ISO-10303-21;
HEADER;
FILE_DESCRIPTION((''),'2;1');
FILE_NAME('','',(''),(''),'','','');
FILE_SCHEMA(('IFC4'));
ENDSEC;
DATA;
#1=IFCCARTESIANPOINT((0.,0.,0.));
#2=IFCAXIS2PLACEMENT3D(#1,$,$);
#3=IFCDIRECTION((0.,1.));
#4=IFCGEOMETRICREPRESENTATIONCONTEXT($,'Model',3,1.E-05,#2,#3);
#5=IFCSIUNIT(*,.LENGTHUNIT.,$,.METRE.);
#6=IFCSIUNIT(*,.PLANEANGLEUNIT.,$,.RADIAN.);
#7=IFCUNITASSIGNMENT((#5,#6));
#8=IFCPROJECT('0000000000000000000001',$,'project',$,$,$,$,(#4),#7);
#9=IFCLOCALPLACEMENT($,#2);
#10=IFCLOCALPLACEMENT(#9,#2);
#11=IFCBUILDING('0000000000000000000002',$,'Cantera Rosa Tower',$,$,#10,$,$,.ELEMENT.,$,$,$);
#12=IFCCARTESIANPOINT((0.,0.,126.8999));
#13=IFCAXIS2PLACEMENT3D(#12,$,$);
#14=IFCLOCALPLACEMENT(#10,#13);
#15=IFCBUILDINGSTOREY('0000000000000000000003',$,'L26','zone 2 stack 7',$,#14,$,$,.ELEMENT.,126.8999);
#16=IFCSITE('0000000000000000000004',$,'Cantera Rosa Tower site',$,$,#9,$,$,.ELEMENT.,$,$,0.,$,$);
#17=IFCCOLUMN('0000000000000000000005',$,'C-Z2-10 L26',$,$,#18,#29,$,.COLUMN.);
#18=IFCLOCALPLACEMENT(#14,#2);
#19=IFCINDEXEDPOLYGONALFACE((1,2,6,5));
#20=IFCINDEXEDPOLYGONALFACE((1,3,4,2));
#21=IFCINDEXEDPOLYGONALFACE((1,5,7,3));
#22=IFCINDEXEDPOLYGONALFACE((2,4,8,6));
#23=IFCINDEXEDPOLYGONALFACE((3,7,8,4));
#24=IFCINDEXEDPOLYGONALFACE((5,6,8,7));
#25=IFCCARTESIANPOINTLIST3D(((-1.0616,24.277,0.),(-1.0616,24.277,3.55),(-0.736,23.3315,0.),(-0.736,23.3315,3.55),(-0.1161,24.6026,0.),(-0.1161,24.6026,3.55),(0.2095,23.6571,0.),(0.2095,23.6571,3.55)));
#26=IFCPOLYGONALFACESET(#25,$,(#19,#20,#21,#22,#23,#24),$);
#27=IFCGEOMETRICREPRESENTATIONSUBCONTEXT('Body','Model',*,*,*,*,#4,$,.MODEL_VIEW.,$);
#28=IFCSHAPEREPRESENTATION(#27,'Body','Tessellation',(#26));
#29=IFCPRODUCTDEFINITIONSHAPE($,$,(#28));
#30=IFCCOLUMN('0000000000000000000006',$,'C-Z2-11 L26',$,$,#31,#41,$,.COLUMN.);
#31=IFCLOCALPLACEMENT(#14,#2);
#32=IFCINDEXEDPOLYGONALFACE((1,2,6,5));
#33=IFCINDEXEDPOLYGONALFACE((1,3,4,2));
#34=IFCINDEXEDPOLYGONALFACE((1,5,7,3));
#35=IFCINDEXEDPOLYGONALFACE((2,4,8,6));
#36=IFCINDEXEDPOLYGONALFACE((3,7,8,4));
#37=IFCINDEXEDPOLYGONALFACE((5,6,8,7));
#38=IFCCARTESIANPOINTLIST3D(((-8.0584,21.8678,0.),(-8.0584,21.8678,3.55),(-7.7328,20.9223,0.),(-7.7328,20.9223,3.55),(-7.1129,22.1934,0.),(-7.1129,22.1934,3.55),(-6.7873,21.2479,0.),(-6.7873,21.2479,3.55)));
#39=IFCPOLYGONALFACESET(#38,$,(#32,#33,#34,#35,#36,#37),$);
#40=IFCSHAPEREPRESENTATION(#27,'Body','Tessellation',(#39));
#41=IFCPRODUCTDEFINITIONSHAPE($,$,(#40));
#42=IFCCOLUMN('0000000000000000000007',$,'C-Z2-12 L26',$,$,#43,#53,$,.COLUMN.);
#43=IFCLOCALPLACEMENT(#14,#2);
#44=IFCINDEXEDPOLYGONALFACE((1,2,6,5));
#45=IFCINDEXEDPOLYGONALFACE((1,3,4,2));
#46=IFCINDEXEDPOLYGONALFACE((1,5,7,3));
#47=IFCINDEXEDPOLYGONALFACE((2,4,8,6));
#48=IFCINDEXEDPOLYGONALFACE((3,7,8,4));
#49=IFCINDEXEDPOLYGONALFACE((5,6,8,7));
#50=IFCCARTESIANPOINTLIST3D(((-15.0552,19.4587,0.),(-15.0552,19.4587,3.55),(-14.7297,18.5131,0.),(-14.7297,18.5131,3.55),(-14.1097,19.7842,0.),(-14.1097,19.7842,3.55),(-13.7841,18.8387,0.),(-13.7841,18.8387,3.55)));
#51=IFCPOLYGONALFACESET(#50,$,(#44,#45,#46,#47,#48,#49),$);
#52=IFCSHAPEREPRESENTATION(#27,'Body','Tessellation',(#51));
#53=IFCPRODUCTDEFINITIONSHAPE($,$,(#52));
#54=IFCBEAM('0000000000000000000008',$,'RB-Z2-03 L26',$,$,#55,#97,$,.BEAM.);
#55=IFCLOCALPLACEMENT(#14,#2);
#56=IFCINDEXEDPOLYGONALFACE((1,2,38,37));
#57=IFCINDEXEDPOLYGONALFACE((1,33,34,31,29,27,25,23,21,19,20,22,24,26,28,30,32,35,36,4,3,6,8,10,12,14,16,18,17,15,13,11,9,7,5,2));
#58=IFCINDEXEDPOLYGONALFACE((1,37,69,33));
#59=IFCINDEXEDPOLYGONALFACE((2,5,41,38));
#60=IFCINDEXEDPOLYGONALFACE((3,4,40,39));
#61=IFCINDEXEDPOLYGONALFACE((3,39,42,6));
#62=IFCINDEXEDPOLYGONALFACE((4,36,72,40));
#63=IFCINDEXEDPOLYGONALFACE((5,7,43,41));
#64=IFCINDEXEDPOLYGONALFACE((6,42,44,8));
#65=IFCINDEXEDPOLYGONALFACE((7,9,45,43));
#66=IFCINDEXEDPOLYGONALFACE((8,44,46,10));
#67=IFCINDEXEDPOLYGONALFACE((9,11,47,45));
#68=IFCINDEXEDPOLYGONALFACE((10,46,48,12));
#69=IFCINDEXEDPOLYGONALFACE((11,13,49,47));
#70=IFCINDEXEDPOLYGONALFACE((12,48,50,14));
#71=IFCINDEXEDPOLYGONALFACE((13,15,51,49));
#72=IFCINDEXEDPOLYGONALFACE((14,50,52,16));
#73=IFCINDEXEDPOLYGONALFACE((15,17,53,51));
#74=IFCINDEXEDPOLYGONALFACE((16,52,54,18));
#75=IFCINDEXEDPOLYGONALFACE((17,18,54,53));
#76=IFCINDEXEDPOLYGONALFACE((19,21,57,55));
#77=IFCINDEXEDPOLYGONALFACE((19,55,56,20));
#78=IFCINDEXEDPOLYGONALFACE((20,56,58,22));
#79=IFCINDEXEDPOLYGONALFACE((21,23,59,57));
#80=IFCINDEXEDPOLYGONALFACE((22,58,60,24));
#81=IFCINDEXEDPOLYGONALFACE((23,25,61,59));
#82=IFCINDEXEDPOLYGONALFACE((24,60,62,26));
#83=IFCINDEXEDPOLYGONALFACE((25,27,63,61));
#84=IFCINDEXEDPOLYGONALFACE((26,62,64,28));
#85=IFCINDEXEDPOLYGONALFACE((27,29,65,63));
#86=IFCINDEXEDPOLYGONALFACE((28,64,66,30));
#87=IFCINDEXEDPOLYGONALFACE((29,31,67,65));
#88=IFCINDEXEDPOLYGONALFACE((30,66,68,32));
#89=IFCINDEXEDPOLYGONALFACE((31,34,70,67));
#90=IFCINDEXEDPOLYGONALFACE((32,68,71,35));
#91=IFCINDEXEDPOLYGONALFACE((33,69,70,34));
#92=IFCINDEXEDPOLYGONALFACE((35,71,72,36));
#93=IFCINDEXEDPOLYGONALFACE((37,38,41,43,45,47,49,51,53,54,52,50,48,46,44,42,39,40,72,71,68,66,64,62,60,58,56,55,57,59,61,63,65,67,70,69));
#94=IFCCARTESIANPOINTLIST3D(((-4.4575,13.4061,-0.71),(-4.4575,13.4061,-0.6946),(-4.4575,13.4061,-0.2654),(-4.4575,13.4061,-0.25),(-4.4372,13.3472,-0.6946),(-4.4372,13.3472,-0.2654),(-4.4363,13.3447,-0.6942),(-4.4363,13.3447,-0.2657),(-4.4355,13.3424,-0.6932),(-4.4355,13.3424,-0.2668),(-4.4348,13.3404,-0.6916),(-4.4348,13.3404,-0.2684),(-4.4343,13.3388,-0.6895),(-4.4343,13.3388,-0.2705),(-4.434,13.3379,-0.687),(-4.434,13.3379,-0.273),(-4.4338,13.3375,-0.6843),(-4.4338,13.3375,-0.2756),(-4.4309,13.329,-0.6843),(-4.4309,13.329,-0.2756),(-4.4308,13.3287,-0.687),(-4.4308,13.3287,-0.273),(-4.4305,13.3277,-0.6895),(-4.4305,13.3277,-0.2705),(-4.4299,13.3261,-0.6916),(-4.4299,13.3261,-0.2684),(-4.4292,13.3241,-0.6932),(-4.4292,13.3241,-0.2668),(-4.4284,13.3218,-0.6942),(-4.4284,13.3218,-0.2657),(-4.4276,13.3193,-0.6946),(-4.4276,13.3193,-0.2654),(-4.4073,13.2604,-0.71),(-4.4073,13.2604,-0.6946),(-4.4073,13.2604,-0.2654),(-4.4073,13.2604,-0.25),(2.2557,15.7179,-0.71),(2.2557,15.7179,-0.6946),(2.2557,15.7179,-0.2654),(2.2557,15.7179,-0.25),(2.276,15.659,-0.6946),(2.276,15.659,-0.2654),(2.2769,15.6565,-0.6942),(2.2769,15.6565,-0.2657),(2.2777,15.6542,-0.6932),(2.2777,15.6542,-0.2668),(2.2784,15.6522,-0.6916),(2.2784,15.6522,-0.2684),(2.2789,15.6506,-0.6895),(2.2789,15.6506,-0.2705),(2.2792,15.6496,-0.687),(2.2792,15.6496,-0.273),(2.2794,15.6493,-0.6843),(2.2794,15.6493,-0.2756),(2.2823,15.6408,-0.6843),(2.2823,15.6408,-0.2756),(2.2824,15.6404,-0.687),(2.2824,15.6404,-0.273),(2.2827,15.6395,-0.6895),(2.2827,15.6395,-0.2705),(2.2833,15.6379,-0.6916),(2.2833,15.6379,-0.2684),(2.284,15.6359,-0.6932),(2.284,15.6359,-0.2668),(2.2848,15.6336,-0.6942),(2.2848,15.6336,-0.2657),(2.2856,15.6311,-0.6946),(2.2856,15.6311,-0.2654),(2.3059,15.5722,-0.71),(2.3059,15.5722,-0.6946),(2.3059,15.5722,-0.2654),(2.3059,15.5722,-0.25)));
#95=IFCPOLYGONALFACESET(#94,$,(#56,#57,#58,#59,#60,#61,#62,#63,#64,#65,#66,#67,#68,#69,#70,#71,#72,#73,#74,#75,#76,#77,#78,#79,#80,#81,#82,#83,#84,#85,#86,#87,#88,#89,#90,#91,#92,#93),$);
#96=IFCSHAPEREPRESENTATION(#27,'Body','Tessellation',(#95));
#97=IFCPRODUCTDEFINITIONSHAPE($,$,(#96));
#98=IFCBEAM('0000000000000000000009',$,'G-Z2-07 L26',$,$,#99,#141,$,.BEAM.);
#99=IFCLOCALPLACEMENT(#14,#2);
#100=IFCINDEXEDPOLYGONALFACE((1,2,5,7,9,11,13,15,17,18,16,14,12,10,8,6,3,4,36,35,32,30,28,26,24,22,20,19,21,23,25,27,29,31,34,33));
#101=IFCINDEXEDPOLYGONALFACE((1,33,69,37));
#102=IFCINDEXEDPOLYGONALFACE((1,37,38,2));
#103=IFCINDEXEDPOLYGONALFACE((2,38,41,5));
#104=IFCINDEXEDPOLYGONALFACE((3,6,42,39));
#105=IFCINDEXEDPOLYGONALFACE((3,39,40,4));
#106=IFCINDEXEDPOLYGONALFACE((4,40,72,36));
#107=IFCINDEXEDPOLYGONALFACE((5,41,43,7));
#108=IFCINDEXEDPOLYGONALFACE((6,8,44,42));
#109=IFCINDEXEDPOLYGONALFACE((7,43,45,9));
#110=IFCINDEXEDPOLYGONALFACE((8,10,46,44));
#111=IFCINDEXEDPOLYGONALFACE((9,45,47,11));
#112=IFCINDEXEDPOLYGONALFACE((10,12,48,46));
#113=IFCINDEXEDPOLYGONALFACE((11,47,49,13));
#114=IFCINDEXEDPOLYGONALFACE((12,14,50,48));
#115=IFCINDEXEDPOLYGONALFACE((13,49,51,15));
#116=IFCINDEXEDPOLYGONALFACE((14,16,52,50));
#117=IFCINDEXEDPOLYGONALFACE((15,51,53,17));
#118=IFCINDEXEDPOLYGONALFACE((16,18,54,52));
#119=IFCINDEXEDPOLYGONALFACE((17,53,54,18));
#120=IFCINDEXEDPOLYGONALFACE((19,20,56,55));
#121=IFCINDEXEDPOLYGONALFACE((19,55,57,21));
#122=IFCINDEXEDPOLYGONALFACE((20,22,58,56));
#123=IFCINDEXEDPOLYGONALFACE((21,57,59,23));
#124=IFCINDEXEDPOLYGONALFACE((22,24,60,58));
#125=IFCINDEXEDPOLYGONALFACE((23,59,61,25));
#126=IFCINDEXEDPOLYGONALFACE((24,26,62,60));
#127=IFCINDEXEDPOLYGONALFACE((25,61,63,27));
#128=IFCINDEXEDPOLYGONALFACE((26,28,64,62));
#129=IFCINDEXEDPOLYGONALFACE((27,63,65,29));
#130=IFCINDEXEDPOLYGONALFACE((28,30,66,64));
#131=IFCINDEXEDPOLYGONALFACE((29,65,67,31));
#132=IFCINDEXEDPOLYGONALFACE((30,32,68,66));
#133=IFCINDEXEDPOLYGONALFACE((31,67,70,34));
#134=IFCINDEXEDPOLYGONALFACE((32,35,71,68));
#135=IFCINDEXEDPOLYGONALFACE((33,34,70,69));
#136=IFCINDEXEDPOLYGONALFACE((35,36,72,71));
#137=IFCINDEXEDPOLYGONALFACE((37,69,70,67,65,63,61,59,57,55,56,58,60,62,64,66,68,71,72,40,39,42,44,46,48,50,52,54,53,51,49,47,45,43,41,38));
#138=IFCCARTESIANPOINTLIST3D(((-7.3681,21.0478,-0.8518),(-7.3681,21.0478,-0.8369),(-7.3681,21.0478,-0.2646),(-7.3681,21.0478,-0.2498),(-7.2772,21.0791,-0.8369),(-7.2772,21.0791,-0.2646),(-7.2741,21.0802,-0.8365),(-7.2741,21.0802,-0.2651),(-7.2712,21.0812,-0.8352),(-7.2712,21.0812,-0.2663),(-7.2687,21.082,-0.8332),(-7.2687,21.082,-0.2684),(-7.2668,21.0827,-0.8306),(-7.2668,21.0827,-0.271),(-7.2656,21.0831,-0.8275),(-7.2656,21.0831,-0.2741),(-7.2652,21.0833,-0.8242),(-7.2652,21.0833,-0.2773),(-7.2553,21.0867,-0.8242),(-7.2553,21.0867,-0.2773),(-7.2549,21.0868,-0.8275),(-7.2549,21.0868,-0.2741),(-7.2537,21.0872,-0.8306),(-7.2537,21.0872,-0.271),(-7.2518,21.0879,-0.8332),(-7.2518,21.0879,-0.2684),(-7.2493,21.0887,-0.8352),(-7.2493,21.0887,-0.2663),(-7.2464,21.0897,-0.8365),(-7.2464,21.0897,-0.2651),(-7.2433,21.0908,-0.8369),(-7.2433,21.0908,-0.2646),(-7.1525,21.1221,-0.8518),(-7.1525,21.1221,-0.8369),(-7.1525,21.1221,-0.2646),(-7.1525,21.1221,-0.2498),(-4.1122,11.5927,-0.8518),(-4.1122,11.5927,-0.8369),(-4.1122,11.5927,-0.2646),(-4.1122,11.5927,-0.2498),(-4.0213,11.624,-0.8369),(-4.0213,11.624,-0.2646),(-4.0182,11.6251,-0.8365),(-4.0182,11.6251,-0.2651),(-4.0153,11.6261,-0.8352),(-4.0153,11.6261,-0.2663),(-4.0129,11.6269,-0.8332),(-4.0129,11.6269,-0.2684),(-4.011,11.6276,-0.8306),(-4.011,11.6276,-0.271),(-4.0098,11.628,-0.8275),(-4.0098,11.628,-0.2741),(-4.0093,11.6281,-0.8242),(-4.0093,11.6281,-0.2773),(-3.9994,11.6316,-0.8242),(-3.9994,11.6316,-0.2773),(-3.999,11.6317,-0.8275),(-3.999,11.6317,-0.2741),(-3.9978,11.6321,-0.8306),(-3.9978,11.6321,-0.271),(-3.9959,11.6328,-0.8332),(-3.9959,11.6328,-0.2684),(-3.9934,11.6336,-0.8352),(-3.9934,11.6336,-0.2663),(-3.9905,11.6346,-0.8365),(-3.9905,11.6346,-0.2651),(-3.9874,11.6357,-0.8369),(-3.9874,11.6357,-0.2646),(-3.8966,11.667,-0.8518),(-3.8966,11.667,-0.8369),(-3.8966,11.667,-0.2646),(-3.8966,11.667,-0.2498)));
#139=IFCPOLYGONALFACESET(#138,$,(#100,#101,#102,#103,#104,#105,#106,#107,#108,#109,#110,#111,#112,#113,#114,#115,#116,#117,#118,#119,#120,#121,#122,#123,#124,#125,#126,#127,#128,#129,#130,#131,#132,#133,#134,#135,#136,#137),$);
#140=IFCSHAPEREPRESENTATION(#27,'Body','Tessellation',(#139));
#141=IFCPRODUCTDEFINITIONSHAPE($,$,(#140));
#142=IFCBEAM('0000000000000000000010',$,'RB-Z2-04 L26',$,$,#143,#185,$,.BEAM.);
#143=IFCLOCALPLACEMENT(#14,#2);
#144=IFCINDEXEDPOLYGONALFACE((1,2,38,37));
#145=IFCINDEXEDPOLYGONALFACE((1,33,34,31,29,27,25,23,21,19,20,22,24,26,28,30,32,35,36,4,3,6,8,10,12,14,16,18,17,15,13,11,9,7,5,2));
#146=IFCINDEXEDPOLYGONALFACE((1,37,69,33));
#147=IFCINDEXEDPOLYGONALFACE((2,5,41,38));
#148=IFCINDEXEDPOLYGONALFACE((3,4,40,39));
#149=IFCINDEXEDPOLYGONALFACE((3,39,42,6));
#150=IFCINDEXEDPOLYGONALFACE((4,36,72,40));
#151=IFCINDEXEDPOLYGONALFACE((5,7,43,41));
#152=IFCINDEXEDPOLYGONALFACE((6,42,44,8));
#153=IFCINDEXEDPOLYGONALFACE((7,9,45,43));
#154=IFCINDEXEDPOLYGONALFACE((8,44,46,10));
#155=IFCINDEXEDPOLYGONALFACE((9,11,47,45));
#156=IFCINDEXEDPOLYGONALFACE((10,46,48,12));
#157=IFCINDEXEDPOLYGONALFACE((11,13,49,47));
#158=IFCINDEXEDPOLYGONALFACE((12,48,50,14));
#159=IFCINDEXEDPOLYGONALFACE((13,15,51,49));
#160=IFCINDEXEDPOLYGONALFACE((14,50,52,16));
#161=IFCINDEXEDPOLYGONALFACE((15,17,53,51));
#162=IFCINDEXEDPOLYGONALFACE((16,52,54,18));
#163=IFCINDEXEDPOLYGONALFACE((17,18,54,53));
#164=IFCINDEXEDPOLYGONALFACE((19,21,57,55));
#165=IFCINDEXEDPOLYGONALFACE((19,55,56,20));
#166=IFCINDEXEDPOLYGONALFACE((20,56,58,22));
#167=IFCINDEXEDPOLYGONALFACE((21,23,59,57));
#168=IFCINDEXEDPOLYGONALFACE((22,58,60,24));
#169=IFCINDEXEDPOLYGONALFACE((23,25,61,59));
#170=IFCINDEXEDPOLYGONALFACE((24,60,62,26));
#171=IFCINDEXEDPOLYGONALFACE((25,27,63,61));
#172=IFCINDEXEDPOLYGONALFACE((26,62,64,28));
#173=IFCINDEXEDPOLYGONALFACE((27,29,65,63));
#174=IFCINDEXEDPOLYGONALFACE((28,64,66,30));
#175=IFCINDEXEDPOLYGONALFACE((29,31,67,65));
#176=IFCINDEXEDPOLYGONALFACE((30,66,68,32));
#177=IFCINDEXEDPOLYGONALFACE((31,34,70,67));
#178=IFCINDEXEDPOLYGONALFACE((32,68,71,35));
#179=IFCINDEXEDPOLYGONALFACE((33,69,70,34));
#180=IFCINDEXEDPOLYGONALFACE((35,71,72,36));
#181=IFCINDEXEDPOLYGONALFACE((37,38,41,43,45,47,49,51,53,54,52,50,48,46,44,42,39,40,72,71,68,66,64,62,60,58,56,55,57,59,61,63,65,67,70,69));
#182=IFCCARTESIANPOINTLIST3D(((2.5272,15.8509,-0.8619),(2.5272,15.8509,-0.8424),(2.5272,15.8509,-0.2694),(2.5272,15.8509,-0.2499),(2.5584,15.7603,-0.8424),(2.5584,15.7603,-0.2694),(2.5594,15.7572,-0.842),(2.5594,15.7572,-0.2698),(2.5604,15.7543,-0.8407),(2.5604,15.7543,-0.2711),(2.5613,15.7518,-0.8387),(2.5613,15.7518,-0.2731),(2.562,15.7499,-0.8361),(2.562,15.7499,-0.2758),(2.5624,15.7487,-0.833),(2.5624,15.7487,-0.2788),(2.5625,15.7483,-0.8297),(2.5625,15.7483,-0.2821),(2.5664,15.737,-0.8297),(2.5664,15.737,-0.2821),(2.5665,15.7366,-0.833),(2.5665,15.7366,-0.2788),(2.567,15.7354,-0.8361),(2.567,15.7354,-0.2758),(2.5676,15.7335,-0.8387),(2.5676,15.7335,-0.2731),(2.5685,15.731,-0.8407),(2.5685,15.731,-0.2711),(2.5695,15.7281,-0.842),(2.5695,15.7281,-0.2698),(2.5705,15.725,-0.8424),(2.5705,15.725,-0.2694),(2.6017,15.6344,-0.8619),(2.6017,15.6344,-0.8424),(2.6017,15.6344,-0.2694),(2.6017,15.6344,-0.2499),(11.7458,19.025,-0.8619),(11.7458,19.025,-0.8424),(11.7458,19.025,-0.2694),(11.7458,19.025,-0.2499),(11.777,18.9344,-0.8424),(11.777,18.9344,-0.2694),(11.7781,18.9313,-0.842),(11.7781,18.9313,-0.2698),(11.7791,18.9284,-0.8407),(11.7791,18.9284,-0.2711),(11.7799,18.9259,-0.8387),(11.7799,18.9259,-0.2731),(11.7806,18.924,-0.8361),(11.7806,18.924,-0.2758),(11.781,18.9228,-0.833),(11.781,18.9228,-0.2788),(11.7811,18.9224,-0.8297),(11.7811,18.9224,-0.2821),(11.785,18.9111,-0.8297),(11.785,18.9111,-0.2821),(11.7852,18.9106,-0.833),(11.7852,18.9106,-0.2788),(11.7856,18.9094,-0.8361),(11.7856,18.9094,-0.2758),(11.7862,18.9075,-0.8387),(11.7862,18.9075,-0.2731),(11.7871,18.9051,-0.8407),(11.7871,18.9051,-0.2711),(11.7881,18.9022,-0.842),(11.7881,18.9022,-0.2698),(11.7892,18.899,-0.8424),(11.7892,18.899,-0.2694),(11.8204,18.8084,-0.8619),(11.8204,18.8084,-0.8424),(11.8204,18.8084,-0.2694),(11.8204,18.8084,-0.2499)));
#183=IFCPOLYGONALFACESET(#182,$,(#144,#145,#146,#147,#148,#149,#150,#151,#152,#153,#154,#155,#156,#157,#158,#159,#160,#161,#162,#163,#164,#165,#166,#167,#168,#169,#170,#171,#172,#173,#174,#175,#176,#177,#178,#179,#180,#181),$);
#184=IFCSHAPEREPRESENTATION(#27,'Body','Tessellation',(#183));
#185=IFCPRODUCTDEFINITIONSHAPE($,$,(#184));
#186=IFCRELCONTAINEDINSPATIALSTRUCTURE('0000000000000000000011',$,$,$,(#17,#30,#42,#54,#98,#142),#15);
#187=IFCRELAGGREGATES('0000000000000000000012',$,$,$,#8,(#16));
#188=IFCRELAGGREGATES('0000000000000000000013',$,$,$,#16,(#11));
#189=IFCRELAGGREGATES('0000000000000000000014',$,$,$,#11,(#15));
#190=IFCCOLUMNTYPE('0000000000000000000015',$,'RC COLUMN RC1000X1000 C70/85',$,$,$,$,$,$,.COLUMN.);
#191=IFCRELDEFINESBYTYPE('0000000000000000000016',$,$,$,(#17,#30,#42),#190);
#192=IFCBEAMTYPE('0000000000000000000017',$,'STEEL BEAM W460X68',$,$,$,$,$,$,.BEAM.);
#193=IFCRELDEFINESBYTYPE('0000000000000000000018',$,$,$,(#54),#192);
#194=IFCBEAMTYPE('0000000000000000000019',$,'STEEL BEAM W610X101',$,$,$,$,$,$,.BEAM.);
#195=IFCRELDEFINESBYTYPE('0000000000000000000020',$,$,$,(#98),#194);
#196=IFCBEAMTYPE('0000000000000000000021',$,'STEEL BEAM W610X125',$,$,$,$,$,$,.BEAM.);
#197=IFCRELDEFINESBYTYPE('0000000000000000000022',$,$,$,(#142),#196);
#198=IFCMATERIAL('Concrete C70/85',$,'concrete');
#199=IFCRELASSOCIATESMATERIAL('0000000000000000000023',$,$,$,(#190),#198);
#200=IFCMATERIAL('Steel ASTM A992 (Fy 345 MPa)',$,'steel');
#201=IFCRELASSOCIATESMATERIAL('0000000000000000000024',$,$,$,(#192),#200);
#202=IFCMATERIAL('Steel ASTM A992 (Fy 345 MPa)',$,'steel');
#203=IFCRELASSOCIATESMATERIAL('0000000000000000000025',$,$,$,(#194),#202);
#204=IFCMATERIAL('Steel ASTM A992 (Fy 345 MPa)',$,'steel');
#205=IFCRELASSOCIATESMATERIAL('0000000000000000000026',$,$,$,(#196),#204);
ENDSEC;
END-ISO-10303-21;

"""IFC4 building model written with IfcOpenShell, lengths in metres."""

from ifc_helpers import new_model, si_unit, direction, frame, origin, origin_2d, place, context, subcontext, project, spatial, rectangle, i_section, extrude, material, material_profile, profile_set, type_object, element, save


model = new_model("IFC4")

# Units and contexts
model_context = context("Model", 3, precision=1e-05, world=origin(), true_north=direction((0.0, 1.0)))
body_context = subcontext(model_context, "Body", "Model", "MODEL_VIEW")
ifc_project = project(units=[si_unit("LENGTHUNIT", "METRE"), si_unit("PLANEANGLEUNIT", "RADIAN")], contexts=[model_context])

# Site, building, storey
site_placement = place(None, origin())
site = spatial("IfcSite", under=ifc_project, at=site_placement, Name="Cantera Rosa Tower site", CompositionType="ELEMENT", RefElevation=0.0)
building_placement = place(site_placement, origin())
building = spatial("IfcBuilding", under=site, at=building_placement, Name="Cantera Rosa Tower", CompositionType="ELEMENT")
storey_placement = place(building_placement, frame((0.0, 0.0, 126.8999)))
storey = spatial("IfcBuildingStorey", under=building, at=storey_placement, Name="L26", Description="zone 2 stack 7", CompositionType="ELEMENT", Elevation=126.8999)

# Columns
ifc_material_1 = material(Name="Concrete C70/85", Category="concrete")
ifc_material_profile_1 = material_profile(ifc_material_1, rectangle(XDim=1.0, YDim=1.0, at=origin_2d()), Name="RC COLUMN RC1000X1000 C70/85")
ifc_profile_set_1 = profile_set([ifc_material_profile_1], Name="Concrete C70/85")
column_type = type_object("IfcColumnType", Name="RC COLUMN RC1000X1000 C70/85", PredefinedType="COLUMN", material=ifc_profile_set_1)
for number, where, z_axis, x_axis, name in (
    (1, (-0.426, 23.967, 0.0), (0.0, 0.0, 1.0), (0.945519, 0.325568, 0.0), "C-Z2-10 L26"),
    (2, (-7.4229, 21.5579, 0.0), (0.0, 0.0, 1.0), (0.945519, 0.325568, 0.0), "C-Z2-11 L26"),
    (3, (-14.4197, 19.1487, 0.0), (0.0, 0.0, 1.0), (0.945519, 0.325568, 0.0), "C-Z2-12 L26"),
):
    element("IfcColumn", number, at=place(storey_placement, frame(where, z_axis=z_axis, x_axis=x_axis)), inside=storey, type_object=column_type, Name=name, PredefinedType="COLUMN", context=body_context, shape_type="SweptSolid", body=[
        extrude(rectangle(XDim=1.0, YDim=1.0, at=origin_2d()), origin(), (0.0, 0.0, 1.0), 3.55),
    ])

# Beams
ifc_material_2 = material(Name="Steel ASTM A992 (Fy 345 MPa)", Category="steel")
ifc_material_profile_2 = material_profile(ifc_material_2, i_section(OverallWidth=0.1541, OverallDepth=0.46, WebThickness=0.009, FlangeThickness=0.0154, FilletRadius=0.0103, at=origin_2d()), Name="W460X68")
ifc_profile_set_2 = profile_set([ifc_material_profile_2], Name="Steel ASTM A992 (Fy 345 MPa)")
beam_type_1 = type_object("IfcBeamType", Name="STEEL BEAM W460X68", PredefinedType="BEAM", material=ifc_profile_set_2)
beam_1_placement = place(storey_placement, frame((-4.4324, 13.3333, -0.48), z_axis=(0.945508, 0.3256, 0.0), x_axis=(-0.3256, 0.945508, 0.0)))
element("IfcBeam", 4, at=beam_1_placement, inside=storey, type_object=beam_type_1, Name="RB-Z2-03 L26", PredefinedType="BEAM", context=body_context, shape_type="SweptSolid", body=[
    extrude(i_section(OverallWidth=0.1541, OverallDepth=0.46, WebThickness=0.009, FlangeThickness=0.0154, FilletRadius=0.0103, at=origin_2d()), origin(), (0.0, 0.0, 1.0), 7.1001),
])
ifc_material_3 = material(Name="Steel ASTM A992 (Fy 345 MPa)", Category="steel")
ifc_material_profile_3 = material_profile(ifc_material_3, i_section(OverallWidth=0.228, OverallDepth=0.6021, WebThickness=0.0105, FlangeThickness=0.0149, FilletRadius=0.0127, at=origin_2d()), Name="W610X101")
ifc_profile_set_3 = profile_set([ifc_material_profile_3], Name="Steel ASTM A992 (Fy 345 MPa)")
beam_type_2 = type_object("IfcBeamType", Name="STEEL BEAM W610X101", PredefinedType="BEAM", material=ifc_profile_set_3)
beam_2_placement = place(storey_placement, frame((-7.2603, 21.085, -0.5508), z_axis=(0.325587, -0.945512, 0.0), x_axis=(0.945512, 0.325587, 0.0)))
element("IfcBeam", 5, at=beam_2_placement, inside=storey, type_object=beam_type_2, Name="G-Z2-07 L26", PredefinedType="BEAM", context=body_context, shape_type="SweptSolid", body=[
    extrude(i_section(OverallWidth=0.228, OverallDepth=0.6021, WebThickness=0.0105, FlangeThickness=0.0149, FilletRadius=0.0127, at=origin_2d()), origin(), (0.0, 0.0, 1.0), 10.0),
])
ifc_material_4 = material(Name="Steel ASTM A992 (Fy 345 MPa)", Category="steel")
ifc_material_profile_4 = material_profile(ifc_material_4, i_section(OverallWidth=0.229, OverallDepth=0.6121, WebThickness=0.012, FlangeThickness=0.0195, FilletRadius=0.0127, at=origin_2d()), Name="W610X125")
ifc_profile_set_4 = profile_set([ifc_material_profile_4], Name="Steel ASTM A992 (Fy 345 MPa)")
beam_type_3 = type_object("IfcBeamType", Name="STEEL BEAM W610X125", PredefinedType="BEAM", material=ifc_profile_set_4)
beam_3_placement = place(storey_placement, frame((2.5645, 15.7427, -0.5559), z_axis=(0.945525, 0.32555, 0.0), x_axis=(-0.32555, 0.945525, 0.0)))
element("IfcBeam", 6, at=beam_3_placement, inside=storey, type_object=beam_type_3, Name="RB-Z2-04 L26", PredefinedType="BEAM", context=body_context, shape_type="SweptSolid", body=[
    extrude(i_section(OverallWidth=0.229, OverallDepth=0.6121, WebThickness=0.012, FlangeThickness=0.0195, FilletRadius=0.0127, at=origin_2d()), origin(), (0.0, 0.0, 1.0), 9.7498),
])

save(model, "model.ifc")
